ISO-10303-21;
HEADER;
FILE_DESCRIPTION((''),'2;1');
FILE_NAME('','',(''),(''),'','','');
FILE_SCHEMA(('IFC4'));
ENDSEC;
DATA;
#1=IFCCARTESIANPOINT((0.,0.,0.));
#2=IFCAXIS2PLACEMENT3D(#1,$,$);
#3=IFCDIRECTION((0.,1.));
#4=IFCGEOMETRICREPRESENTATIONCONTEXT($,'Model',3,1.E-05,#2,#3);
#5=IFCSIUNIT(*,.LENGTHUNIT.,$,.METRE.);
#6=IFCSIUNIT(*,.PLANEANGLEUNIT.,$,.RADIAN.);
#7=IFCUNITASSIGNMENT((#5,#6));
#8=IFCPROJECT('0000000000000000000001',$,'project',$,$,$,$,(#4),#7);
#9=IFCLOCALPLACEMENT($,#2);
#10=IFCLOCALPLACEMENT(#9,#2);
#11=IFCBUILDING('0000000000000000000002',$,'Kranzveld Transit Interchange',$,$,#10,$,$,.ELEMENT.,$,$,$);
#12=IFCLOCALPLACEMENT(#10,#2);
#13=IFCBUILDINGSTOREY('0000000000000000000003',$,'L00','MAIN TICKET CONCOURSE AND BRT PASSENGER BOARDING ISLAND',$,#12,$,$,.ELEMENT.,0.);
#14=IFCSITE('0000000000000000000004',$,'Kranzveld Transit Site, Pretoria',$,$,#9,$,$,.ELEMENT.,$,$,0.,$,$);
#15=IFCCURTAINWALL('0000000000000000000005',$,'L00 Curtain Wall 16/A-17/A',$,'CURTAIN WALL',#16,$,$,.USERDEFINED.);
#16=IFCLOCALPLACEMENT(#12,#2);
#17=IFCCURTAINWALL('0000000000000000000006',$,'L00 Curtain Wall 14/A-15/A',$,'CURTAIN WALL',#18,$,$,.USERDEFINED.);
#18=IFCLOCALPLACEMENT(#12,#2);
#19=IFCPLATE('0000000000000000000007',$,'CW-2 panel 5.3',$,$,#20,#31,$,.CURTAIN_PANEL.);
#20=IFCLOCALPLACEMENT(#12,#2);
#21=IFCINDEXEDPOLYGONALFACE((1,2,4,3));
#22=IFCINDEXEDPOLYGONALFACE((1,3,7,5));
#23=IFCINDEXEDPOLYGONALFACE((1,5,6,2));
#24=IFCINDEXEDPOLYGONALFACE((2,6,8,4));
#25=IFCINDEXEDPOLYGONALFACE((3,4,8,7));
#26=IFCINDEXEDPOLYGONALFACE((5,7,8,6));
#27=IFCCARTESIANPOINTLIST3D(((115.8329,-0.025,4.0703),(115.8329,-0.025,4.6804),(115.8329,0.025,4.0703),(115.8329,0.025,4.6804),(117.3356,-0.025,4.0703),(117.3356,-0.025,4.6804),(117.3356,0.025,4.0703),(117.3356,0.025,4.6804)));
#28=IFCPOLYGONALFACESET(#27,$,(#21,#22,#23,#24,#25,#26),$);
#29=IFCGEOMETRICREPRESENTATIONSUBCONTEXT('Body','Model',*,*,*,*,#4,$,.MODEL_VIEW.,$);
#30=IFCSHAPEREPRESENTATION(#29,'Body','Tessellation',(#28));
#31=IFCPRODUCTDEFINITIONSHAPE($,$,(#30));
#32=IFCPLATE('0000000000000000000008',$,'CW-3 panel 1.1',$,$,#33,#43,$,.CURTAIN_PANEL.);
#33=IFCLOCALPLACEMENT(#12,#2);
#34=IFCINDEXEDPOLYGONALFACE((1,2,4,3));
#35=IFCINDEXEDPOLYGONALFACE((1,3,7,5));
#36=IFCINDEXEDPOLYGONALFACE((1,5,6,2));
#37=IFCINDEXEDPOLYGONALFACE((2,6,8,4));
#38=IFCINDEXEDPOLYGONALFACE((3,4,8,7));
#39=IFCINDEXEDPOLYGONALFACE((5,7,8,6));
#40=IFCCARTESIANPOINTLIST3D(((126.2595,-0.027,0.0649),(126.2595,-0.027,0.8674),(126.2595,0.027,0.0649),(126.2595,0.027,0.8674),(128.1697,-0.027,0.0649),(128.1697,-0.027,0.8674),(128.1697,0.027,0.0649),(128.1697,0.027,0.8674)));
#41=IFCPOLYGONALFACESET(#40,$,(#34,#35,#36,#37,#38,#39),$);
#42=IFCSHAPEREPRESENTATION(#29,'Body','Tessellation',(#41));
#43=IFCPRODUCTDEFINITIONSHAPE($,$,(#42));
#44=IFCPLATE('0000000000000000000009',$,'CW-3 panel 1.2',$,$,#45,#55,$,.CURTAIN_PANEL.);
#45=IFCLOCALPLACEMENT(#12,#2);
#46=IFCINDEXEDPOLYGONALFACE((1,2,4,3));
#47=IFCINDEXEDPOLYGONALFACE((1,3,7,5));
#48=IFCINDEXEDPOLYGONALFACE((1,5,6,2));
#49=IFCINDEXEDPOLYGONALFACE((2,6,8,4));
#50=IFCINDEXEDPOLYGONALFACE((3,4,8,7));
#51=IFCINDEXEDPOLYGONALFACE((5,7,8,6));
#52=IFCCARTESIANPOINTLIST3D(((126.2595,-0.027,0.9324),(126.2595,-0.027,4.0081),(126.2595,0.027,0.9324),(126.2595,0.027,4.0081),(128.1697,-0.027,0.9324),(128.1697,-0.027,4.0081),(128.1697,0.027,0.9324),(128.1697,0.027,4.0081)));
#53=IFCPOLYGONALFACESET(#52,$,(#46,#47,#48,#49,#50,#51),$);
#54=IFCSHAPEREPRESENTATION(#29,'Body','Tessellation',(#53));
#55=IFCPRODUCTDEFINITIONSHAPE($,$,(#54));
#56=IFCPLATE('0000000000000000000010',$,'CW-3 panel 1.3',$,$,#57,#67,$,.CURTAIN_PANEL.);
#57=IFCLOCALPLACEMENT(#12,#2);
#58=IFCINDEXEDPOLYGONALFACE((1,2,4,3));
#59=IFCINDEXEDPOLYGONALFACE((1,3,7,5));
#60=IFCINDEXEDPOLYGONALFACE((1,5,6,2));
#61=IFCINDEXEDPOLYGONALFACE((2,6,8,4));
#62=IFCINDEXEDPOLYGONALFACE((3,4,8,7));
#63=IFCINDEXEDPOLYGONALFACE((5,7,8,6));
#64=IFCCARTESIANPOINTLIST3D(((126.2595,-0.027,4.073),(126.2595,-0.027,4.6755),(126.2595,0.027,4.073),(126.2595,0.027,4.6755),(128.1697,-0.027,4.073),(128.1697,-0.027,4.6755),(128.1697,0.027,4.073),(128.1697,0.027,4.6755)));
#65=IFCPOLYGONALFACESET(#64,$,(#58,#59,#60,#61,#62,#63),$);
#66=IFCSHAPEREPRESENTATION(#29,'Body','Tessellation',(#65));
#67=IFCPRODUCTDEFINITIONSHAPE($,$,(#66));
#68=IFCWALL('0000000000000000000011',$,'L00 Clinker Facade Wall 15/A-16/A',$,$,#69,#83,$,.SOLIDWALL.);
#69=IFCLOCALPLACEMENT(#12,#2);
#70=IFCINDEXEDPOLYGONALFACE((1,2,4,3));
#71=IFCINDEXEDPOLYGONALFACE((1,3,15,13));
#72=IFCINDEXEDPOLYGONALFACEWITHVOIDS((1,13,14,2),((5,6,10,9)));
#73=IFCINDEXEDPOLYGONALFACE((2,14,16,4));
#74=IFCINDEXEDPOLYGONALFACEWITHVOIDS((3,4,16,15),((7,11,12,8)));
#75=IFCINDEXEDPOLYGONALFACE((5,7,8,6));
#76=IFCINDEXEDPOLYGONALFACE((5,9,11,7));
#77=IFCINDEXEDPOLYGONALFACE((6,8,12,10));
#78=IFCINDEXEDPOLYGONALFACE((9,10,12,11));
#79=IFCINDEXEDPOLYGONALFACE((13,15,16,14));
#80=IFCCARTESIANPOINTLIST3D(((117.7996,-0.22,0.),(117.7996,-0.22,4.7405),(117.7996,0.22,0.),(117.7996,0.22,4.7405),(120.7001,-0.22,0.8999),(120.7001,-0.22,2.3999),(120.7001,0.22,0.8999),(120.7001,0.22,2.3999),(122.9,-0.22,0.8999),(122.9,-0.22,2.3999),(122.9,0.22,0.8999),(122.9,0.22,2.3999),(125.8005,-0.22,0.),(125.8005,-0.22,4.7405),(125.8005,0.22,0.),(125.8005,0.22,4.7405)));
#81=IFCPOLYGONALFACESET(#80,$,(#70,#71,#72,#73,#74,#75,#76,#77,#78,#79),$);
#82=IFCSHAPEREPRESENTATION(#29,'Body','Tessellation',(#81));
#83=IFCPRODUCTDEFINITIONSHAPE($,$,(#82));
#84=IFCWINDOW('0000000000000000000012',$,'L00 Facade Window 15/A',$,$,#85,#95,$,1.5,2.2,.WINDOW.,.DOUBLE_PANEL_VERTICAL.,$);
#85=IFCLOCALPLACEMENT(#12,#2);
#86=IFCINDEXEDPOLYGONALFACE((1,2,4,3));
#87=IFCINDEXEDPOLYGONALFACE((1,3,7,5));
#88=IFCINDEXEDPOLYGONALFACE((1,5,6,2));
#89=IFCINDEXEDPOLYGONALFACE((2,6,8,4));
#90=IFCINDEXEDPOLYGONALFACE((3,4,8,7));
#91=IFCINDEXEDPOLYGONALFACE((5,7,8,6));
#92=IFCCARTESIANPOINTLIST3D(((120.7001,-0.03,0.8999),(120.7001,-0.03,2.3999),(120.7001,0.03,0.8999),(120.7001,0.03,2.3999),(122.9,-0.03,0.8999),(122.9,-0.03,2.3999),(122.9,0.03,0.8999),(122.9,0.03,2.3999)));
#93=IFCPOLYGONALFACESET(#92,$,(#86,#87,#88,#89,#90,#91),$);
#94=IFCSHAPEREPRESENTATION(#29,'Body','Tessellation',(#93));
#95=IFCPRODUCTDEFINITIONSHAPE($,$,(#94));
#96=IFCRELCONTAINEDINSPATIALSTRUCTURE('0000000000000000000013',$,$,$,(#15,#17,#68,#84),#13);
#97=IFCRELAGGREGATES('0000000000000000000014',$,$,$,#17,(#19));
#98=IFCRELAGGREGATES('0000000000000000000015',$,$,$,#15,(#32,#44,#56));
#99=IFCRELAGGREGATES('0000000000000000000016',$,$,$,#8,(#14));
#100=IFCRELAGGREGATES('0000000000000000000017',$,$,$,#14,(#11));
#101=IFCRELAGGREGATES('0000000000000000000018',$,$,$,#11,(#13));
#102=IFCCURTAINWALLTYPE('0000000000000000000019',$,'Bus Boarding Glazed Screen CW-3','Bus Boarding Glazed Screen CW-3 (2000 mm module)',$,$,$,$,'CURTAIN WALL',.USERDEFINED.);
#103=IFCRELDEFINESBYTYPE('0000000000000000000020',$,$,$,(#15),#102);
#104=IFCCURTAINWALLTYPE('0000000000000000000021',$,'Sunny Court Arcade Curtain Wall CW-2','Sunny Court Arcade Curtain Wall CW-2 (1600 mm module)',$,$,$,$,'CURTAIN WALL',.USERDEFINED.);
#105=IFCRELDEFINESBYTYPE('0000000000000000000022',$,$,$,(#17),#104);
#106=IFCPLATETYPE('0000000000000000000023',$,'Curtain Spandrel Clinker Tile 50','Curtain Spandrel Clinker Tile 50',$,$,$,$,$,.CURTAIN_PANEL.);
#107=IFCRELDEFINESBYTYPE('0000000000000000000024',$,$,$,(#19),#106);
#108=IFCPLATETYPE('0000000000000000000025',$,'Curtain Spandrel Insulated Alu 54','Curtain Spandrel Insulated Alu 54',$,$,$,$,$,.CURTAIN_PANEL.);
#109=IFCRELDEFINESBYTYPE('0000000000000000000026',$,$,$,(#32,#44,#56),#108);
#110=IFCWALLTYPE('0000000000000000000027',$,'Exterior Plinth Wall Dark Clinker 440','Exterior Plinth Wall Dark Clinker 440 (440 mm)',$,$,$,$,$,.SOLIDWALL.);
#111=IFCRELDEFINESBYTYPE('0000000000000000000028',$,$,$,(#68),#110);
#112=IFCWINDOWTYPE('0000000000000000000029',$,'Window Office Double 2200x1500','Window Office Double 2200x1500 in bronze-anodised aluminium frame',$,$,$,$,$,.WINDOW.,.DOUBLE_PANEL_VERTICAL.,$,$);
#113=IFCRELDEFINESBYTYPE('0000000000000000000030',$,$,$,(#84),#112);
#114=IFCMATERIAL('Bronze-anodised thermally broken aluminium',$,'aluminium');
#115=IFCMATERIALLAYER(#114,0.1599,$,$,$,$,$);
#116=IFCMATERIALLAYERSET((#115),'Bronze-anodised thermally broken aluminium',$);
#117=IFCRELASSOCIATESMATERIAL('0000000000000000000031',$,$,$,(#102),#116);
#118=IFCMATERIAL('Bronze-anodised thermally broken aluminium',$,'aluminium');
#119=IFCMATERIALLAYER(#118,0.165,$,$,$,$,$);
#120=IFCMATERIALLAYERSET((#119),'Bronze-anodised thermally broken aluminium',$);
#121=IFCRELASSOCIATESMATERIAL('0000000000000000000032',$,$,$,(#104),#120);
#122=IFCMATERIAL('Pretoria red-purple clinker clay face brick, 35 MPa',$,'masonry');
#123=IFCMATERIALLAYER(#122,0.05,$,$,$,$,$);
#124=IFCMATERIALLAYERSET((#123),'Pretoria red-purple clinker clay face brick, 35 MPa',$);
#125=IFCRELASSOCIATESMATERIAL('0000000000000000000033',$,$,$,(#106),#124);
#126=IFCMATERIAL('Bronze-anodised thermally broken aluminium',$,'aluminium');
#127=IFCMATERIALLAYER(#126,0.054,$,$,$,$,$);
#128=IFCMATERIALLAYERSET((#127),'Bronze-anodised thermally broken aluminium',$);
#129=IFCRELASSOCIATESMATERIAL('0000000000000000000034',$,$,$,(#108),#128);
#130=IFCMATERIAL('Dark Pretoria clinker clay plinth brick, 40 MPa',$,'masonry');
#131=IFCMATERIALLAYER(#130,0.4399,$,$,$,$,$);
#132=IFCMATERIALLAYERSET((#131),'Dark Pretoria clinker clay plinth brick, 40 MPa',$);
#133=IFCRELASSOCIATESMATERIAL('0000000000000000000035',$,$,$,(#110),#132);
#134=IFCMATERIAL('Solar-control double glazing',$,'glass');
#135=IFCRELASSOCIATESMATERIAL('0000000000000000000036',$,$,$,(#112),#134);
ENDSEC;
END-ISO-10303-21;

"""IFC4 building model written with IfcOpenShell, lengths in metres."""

from ifc_helpers import new_model, si_unit, direction, frame, frame_2d, origin, origin_2d, place, context, subcontext, project, spatial, rectangle, extrude, material, layer, layer_set, type_object, element, fill, aggregate, save


model = new_model("IFC4")

# Units and contexts
model_context = context("Model", 3, precision=1e-05, world=origin(), true_north=direction((0.0, 1.0)))
body_context = subcontext(model_context, "Body", "Model", "MODEL_VIEW")
ifc_project = project(units=[si_unit("LENGTHUNIT", "METRE"), si_unit("PLANEANGLEUNIT", "RADIAN")], contexts=[model_context])

# Site, building, storey
site_placement = place(None, origin())
site = spatial("IfcSite", under=ifc_project, at=site_placement, Name="Kranzveld Transit Site, Pretoria", CompositionType="ELEMENT", RefElevation=0.0)
building_placement = place(site_placement, origin())
building = spatial("IfcBuilding", under=site, at=building_placement, Name="Kranzveld Transit Interchange", CompositionType="ELEMENT")
storey_placement = place(building_placement, origin())
storey = spatial("IfcBuildingStorey", under=building, at=storey_placement, Name="L00", Description="MAIN TICKET CONCOURSE AND BRT PASSENGER BOARDING ISLAND", CompositionType="ELEMENT", Elevation=0.0)

# Curtain walls
ifc_material_1 = material(Name="Bronze-anodised thermally broken aluminium", Category="aluminium")
ifc_layer_1 = layer(ifc_material_1, 0.1599)
ifc_layer_set_1 = layer_set([ifc_layer_1], Name="Bronze-anodised thermally broken aluminium")
curtain_wall_type_1 = type_object("IfcCurtainWallType", Name="Bus Boarding Glazed Screen CW-3", Description="Bus Boarding Glazed Screen CW-3 (2000 mm module)", ElementType="CURTAIN WALL", PredefinedType="USERDEFINED", material=ifc_layer_set_1)
curtain_wall_1_placement = place(storey_placement, origin())
curtain_wall_1 = element("IfcCurtainWall", 1, at=curtain_wall_1_placement, inside=storey, type_object=curtain_wall_type_1, Name="L00 Curtain Wall 16/A-17/A", ObjectType="CURTAIN WALL", PredefinedType="USERDEFINED")
ifc_material_2 = material(Name="Bronze-anodised thermally broken aluminium", Category="aluminium")
ifc_layer_2 = layer(ifc_material_2, 0.165)
ifc_layer_set_2 = layer_set([ifc_layer_2], Name="Bronze-anodised thermally broken aluminium")
curtain_wall_type_2 = type_object("IfcCurtainWallType", Name="Sunny Court Arcade Curtain Wall CW-2", Description="Sunny Court Arcade Curtain Wall CW-2 (1600 mm module)", ElementType="CURTAIN WALL", PredefinedType="USERDEFINED", material=ifc_layer_set_2)
curtain_wall_2_placement = place(storey_placement, origin())
curtain_wall_2 = element("IfcCurtainWall", 2, at=curtain_wall_2_placement, inside=storey, type_object=curtain_wall_type_2, Name="L00 Curtain Wall 14/A-15/A", ObjectType="CURTAIN WALL", PredefinedType="USERDEFINED")

# Plates
ifc_material_3 = material(Name="Pretoria red-purple clinker clay face brick, 35 MPa", Category="masonry")
ifc_layer_3 = layer(ifc_material_3, 0.05)
ifc_layer_set_3 = layer_set([ifc_layer_3], Name="Pretoria red-purple clinker clay face brick, 35 MPa")
plate_type_1 = type_object("IfcPlateType", Name="Curtain Spandrel Clinker Tile 50", Description="Curtain Spandrel Clinker Tile 50", PredefinedType="CURTAIN_PANEL", material=ifc_layer_set_3)
plate_1_placement = place(storey_placement, frame((116.5842, 0.0, 4.0703), z_axis=(0.0, 0.0, 1.0), x_axis=(1.0, 0.0, 0.0)))
plate_1 = element("IfcPlate", 3, at=plate_1_placement, type_object=plate_type_1, Name="CW-2 panel 5.3", PredefinedType="CURTAIN_PANEL", context=body_context, shape_type="SweptSolid", body=[
    extrude(rectangle(XDim=1.5027, YDim=0.05, at=origin_2d()), origin(), (0.0, 0.0, 1.0), 0.6101),
])
aggregate(curtain_wall_2, [plate_1])
ifc_material_4 = material(Name="Bronze-anodised thermally broken aluminium", Category="aluminium")
ifc_layer_4 = layer(ifc_material_4, 0.054)
ifc_layer_set_4 = layer_set([ifc_layer_4], Name="Bronze-anodised thermally broken aluminium")
plate_type_2 = type_object("IfcPlateType", Name="Curtain Spandrel Insulated Alu 54", Description="Curtain Spandrel Insulated Alu 54", PredefinedType="CURTAIN_PANEL", material=ifc_layer_set_4)
plate_2_placement = place(storey_placement, frame((127.2146, 0.0, 0.0649), z_axis=(0.0, 0.0, 1.0), x_axis=(1.0, 0.0, 0.0)))
plate_2 = element("IfcPlate", 4, at=plate_2_placement, type_object=plate_type_2, Name="CW-3 panel 1.1", PredefinedType="CURTAIN_PANEL", context=body_context, shape_type="SweptSolid", body=[
    extrude(rectangle(XDim=1.9102, YDim=0.054, at=origin_2d()), origin(), (0.0, 0.0, 1.0), 0.8025),
])
plate_3_placement = place(storey_placement, frame((127.2146, 0.0, 0.9324), z_axis=(0.0, 0.0, 1.0), x_axis=(1.0, 0.0, 0.0)))
plate_3 = element("IfcPlate", 5, at=plate_3_placement, type_object=plate_type_2, Name="CW-3 panel 1.2", PredefinedType="CURTAIN_PANEL", context=body_context, shape_type="SweptSolid", body=[
    extrude(rectangle(XDim=1.9102, YDim=0.054, at=origin_2d()), origin(), (0.0, 0.0, 1.0), 3.0757),
])
plate_4_placement = place(storey_placement, frame((127.2146, 0.0, 4.073), z_axis=(0.0, 0.0, 1.0), x_axis=(1.0, 0.0, 0.0)))
plate_4 = element("IfcPlate", 6, at=plate_4_placement, type_object=plate_type_2, Name="CW-3 panel 1.3", PredefinedType="CURTAIN_PANEL", context=body_context, shape_type="SweptSolid", body=[
    extrude(rectangle(XDim=1.9102, YDim=0.054, at=origin_2d()), origin(), (0.0, 0.0, 1.0), 0.6025),
])
aggregate(curtain_wall_1, [plate_2, plate_3, plate_4])

# Wall, opening, window
ifc_material_5 = material(Name="Dark Pretoria clinker clay plinth brick, 40 MPa", Category="masonry")
ifc_layer_5 = layer(ifc_material_5, 0.4399)
ifc_layer_set_5 = layer_set([ifc_layer_5], Name="Dark Pretoria clinker clay plinth brick, 40 MPa")
wall_type = type_object("IfcWallType", Name="Exterior Plinth Wall Dark Clinker 440", Description="Exterior Plinth Wall Dark Clinker 440 (440 mm)", PredefinedType="SOLIDWALL", material=ifc_layer_set_5)
wall_placement = place(storey_placement, frame((117.7996, 0.0, 0.0), z_axis=(0.0, 0.0, 1.0), x_axis=(1.0, 0.0, 0.0)))
wall = element("IfcWall", 7, at=wall_placement, inside=storey, type_object=wall_type, Name="L00 Clinker Facade Wall 15/A-16/A", PredefinedType="SOLIDWALL", context=body_context, shape_type="SweptSolid", body=[
    extrude(rectangle(XDim=8.001, YDim=0.4399, at=frame_2d((4.0005, 0.0))), origin(), (0.0, 0.0, 1.0), 4.7405),
])
opening_placement = place(wall_placement, frame((2.9004, 0.0, 0.8999), z_axis=(0.0, 0.0, 1.0), x_axis=(1.0, 0.0, 0.0)))
opening = element("IfcOpeningElement", 8, at=opening_placement, cuts=wall, PredefinedType="OPENING", context=body_context, shape_type="SweptSolid", body=[
    extrude(rectangle(XDim=2.2, YDim=1.5, at=frame_2d((1.1001, 0.75))), frame((0.0, 0.23, 0.0), z_axis=(0.0, -1.0, 0.0), x_axis=(1.0, 0.0, 0.0)), (0.0, 0.0, 1.0), 0.46),
])
ifc_material_6 = material(Name="Solar-control double glazing", Category="glass")
window_type = type_object("IfcWindowType", Name="Window Office Double 2200x1500", Description="Window Office Double 2200x1500 in bronze-anodised aluminium frame", PartitioningType="DOUBLE_PANEL_VERTICAL", PredefinedType="WINDOW", material=ifc_material_6)
window_placement = place(opening_placement, origin())
window = element("IfcWindow", 9, at=window_placement, inside=storey, type_object=window_type, Name="L00 Facade Window 15/A", OverallHeight=1.5, OverallWidth=2.2, PartitioningType="DOUBLE_PANEL_VERTICAL", PredefinedType="WINDOW", context=body_context, shape_type="SweptSolid", body=[
    extrude(rectangle(XDim=2.2, YDim=1.5, at=frame_2d((1.1001, 0.75))), frame((0.0, 0.03, 0.0), z_axis=(0.0, -1.0, 0.0), x_axis=(1.0, 0.0, 0.0)), (0.0, 0.0, 1.0), 0.0601),
])
fill(opening, window)

save(model, "model.ifc")
